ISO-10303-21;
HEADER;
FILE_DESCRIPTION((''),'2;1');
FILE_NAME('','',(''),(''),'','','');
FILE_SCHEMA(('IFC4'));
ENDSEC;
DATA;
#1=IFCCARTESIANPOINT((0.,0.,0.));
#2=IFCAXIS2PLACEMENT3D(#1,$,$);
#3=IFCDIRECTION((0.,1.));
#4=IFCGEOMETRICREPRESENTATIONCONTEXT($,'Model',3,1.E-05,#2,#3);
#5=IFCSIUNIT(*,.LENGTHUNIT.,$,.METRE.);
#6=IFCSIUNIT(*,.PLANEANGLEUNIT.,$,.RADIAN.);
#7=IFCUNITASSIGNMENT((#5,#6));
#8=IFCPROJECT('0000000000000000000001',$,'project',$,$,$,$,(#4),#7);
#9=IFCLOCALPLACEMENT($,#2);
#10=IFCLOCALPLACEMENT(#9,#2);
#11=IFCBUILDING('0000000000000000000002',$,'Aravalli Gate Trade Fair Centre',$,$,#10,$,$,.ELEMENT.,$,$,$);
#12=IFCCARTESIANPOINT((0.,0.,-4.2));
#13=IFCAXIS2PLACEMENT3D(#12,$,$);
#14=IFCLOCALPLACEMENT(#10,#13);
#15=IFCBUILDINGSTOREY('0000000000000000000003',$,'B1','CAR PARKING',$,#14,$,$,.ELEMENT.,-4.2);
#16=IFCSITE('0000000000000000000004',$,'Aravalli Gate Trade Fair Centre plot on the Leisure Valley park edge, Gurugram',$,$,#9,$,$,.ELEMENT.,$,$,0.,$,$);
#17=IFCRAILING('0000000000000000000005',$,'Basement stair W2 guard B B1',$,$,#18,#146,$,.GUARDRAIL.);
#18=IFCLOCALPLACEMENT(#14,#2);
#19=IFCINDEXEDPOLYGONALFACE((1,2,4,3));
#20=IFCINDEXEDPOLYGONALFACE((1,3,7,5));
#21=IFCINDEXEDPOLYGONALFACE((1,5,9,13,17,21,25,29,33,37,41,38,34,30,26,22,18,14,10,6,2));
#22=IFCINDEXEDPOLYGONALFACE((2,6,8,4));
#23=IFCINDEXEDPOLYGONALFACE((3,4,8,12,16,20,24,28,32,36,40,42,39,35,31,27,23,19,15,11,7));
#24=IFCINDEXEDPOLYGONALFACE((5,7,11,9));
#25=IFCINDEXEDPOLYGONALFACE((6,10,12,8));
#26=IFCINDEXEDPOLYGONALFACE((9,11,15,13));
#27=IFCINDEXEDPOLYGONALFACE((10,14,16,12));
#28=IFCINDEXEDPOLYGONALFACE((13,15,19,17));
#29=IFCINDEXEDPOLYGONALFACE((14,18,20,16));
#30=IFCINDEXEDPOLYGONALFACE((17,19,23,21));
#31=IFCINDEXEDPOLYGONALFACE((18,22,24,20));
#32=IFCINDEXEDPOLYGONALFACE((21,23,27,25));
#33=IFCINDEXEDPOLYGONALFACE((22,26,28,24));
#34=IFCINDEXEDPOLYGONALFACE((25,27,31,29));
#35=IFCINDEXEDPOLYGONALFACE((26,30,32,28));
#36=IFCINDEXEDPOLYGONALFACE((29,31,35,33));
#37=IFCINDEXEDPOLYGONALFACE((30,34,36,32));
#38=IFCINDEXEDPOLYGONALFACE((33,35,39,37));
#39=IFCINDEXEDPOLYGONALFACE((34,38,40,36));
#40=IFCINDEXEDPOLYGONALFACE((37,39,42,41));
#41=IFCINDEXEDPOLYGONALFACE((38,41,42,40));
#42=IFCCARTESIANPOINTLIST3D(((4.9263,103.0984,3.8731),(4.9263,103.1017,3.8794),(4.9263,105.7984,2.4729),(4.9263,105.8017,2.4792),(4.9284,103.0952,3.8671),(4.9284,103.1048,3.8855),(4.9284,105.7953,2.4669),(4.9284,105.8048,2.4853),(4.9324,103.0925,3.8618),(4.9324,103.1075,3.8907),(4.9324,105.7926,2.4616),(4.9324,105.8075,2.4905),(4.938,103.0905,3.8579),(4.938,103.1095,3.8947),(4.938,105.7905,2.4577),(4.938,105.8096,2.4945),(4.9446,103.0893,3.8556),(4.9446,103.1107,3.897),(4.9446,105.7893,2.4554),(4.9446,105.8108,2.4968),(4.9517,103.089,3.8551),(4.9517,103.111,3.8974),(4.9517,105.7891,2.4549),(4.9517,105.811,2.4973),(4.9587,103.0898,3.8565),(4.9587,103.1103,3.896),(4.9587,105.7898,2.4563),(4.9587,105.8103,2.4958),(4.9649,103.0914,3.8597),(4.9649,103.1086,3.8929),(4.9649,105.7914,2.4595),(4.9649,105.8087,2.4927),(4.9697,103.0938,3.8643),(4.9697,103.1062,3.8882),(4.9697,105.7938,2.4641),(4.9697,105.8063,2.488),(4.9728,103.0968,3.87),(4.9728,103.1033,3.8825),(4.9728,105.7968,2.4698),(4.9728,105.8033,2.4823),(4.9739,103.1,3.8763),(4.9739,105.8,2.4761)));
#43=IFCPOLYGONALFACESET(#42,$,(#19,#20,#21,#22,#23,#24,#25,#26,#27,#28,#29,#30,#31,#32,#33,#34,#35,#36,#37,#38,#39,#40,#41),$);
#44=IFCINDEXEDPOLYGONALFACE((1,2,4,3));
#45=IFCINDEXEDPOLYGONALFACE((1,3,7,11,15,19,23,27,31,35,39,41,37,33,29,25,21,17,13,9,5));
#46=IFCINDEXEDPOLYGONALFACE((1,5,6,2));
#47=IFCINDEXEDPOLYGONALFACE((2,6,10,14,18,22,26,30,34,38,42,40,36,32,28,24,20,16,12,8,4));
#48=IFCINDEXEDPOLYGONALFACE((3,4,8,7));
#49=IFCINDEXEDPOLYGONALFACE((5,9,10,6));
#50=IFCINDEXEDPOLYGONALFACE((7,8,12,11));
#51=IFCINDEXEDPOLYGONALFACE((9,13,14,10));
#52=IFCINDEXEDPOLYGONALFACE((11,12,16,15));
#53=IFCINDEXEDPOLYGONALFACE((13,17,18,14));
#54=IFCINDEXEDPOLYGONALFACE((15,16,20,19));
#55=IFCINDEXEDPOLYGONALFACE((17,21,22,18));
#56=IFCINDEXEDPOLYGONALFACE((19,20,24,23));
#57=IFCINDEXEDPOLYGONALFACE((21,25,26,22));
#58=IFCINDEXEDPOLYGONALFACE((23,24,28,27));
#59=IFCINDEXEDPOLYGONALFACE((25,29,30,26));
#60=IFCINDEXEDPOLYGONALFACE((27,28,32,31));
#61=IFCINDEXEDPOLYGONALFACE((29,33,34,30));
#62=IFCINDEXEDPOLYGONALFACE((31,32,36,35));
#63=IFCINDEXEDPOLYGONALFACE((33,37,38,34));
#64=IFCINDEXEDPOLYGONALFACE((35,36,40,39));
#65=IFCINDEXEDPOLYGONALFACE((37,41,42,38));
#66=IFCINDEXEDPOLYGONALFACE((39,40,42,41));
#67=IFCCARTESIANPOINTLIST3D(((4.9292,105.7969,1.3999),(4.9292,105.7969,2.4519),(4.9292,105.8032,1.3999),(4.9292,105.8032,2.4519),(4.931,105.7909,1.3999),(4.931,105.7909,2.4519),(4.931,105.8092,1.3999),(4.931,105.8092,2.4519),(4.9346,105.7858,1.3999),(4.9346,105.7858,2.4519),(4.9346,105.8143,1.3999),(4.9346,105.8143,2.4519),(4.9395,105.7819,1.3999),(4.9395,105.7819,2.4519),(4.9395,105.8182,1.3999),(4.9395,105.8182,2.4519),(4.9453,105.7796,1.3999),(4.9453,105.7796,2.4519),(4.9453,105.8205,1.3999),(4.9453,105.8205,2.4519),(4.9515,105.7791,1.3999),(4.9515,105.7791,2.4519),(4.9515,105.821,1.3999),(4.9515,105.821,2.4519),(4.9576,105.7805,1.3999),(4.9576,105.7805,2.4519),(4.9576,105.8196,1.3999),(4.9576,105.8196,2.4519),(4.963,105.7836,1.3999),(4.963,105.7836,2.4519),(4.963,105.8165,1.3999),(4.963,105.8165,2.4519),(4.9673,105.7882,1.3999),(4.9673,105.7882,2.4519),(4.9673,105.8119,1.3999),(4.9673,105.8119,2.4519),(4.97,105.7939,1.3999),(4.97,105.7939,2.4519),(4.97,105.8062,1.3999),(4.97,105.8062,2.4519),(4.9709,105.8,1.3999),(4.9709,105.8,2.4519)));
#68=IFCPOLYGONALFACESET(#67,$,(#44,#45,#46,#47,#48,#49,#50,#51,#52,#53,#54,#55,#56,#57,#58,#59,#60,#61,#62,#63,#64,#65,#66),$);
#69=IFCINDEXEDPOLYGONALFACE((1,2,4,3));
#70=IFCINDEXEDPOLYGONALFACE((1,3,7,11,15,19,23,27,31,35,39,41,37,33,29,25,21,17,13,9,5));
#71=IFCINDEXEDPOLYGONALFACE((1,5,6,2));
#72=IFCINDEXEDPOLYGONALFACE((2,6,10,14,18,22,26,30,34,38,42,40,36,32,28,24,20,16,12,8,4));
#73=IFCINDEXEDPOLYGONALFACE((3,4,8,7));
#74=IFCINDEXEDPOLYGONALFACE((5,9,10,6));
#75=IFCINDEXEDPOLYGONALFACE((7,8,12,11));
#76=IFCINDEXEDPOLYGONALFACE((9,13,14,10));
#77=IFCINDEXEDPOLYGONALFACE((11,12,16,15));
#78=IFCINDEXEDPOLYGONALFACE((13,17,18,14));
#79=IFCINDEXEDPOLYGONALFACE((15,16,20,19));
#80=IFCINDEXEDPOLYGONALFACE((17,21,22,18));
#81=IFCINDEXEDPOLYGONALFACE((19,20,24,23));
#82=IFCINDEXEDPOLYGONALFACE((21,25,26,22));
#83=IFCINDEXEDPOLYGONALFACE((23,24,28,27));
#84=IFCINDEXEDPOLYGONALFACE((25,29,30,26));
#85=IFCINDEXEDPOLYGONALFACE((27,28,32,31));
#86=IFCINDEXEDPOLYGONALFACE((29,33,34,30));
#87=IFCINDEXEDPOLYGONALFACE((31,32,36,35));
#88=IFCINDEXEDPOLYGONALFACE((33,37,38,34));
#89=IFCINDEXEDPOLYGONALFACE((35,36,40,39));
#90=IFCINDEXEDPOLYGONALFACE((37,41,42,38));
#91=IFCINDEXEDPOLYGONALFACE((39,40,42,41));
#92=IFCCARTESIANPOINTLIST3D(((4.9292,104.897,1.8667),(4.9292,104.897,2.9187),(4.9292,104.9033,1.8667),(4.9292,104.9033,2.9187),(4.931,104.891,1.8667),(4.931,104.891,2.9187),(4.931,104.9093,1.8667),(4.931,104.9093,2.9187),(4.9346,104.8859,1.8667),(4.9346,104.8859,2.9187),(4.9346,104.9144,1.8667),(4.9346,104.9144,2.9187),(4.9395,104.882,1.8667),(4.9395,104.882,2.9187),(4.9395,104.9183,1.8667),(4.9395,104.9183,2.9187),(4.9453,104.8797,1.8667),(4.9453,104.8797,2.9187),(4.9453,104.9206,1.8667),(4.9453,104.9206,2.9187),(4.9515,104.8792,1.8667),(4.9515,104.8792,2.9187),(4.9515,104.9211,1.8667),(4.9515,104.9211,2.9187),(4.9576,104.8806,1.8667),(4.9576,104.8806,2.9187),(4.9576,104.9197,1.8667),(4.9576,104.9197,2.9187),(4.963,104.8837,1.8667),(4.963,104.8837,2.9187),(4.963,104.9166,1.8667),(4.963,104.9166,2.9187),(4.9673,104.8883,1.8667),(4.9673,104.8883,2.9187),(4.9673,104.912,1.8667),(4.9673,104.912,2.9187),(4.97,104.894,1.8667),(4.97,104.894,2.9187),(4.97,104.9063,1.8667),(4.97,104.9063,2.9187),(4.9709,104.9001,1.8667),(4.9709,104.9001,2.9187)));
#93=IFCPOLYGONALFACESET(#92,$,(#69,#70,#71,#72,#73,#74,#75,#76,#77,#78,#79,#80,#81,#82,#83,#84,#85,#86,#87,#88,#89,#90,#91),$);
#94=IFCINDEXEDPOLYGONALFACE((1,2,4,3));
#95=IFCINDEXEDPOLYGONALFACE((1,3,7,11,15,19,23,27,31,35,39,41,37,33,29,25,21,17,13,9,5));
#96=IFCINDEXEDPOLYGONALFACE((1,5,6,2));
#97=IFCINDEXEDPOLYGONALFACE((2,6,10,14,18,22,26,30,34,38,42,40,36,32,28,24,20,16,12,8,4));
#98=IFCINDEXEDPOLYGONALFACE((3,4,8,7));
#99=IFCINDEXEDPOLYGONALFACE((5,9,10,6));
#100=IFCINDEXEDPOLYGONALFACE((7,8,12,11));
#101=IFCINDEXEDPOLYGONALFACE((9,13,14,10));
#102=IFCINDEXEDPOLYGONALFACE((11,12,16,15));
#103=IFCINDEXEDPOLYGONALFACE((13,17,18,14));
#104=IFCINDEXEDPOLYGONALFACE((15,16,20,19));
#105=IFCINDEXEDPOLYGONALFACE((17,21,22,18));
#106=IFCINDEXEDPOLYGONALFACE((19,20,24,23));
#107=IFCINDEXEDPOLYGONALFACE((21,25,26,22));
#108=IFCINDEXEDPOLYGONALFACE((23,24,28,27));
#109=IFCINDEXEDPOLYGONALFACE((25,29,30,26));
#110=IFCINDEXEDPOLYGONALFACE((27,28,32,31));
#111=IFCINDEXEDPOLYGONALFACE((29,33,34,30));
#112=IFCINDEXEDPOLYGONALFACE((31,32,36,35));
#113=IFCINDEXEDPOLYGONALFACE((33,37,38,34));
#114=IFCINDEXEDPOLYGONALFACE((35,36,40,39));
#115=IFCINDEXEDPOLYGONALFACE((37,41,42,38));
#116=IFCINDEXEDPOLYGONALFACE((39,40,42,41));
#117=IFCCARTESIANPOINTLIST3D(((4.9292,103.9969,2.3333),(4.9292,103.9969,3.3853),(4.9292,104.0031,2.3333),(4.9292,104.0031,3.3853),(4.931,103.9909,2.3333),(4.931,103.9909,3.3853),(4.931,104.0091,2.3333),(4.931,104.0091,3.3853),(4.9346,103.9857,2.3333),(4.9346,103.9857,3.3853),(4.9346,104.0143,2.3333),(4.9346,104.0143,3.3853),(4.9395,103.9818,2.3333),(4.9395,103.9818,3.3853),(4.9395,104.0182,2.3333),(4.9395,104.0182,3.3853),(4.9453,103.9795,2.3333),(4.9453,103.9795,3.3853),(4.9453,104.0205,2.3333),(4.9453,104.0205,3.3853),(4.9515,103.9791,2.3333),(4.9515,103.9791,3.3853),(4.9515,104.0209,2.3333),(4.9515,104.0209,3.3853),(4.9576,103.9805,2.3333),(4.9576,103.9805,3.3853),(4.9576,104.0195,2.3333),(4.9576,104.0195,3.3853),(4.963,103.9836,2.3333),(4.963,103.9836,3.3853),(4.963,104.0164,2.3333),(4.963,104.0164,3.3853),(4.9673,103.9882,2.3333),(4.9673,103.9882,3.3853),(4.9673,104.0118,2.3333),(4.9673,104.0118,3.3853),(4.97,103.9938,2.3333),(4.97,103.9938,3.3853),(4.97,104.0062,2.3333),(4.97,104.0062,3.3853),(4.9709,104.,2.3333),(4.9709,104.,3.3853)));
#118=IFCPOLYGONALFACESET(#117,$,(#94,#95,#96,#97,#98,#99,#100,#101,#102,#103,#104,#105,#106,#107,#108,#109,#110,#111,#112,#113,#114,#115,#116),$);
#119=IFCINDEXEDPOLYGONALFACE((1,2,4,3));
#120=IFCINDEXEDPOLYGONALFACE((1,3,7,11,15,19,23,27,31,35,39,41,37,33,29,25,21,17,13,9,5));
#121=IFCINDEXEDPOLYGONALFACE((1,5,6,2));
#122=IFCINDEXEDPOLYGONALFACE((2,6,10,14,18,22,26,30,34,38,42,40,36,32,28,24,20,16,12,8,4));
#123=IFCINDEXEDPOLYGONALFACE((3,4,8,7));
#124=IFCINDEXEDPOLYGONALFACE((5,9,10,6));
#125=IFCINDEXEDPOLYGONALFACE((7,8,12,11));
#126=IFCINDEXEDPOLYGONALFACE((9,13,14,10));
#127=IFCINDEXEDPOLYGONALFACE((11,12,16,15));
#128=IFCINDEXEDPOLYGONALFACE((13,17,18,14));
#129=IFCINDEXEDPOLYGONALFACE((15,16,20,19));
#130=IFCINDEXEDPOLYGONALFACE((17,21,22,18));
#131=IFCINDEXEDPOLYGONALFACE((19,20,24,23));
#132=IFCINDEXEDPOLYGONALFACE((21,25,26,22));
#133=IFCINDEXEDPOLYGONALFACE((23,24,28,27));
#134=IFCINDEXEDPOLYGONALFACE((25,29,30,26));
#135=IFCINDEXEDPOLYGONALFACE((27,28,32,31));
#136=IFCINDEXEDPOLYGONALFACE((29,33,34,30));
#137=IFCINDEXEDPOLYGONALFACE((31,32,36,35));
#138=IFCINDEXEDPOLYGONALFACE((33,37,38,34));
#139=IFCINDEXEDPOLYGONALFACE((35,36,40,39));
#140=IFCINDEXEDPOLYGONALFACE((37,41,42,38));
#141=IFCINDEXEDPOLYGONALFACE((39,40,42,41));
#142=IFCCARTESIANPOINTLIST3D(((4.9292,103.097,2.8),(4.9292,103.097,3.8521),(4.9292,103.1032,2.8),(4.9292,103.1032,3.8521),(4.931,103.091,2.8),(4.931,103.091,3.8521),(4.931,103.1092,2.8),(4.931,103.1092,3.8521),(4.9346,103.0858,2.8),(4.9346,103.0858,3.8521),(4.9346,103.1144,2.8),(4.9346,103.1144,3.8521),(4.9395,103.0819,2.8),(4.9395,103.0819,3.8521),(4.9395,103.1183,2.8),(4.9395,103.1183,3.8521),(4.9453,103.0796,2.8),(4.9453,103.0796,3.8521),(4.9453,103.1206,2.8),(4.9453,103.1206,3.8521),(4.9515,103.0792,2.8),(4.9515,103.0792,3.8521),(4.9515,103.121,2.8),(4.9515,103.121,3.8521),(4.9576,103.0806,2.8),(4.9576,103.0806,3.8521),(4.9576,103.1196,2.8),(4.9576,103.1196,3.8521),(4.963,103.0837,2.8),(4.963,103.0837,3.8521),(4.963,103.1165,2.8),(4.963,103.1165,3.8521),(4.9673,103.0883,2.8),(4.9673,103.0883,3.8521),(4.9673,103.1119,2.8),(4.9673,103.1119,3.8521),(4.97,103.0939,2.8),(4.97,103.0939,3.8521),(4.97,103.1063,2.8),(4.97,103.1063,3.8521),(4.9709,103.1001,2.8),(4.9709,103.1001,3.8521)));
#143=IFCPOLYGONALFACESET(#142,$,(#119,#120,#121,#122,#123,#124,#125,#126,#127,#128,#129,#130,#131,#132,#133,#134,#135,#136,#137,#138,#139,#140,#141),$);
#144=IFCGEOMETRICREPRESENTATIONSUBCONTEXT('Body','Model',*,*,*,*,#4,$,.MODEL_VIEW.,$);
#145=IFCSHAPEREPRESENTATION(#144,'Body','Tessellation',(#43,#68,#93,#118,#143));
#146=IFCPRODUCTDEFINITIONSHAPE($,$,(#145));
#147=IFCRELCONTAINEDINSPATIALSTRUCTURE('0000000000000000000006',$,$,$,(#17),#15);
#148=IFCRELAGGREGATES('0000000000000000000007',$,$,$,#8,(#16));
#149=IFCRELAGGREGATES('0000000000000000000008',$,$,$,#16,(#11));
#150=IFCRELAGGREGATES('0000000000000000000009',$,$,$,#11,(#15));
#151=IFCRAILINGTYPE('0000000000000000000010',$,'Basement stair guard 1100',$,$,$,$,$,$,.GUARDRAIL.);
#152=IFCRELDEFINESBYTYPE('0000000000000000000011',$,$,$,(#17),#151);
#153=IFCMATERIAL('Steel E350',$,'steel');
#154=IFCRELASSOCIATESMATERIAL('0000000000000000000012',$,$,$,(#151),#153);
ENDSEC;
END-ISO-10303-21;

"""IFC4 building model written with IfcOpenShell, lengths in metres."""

from ifc_helpers import new_model, si_unit, direction, frame, origin, origin_2d, place, context, subcontext, project, spatial, circle, extrude, material, type_object, element, save


model = new_model("IFC4")

# Units and contexts
model_context = context("Model", 3, precision=1e-05, world=origin(), true_north=direction((0.0, 1.0)))
body_context = subcontext(model_context, "Body", "Model", "MODEL_VIEW")
ifc_project = project(units=[si_unit("LENGTHUNIT", "METRE"), si_unit("PLANEANGLEUNIT", "RADIAN")], contexts=[model_context])

# Site, building, storey
site_placement = place(None, origin())
site = spatial("IfcSite", under=ifc_project, at=site_placement, Name="Aravalli Gate Trade Fair Centre plot on the Leisure Valley park edge, Gurugram", CompositionType="ELEMENT", RefElevation=0.0)
building_placement = place(site_placement, origin())
building = spatial("IfcBuilding", under=site, at=building_placement, Name="Aravalli Gate Trade Fair Centre", CompositionType="ELEMENT")
storey_placement = place(building_placement, frame((0.0, 0.0, -4.2)))
storey = spatial("IfcBuildingStorey", under=building, at=storey_placement, Name="B1", Description="CAR PARKING", CompositionType="ELEMENT", Elevation=-4.2)

# Railing
ifc_material_1 = material(Name="Steel E350", Category="steel")
railing_type = type_object("IfcRailingType", Name="Basement stair guard 1100", PredefinedType="GUARDRAIL", material=ifc_material_1)
railing_1_placement = place(storey_placement, frame((4.95, 105.8, 1.3999)))
element("IfcRailing", 1, at=railing_1_placement, inside=storey, type_object=railing_type, Name="Basement stair W2 guard B B1", PredefinedType="GUARDRAIL", context=body_context, shape_type="SweptSolid", body=[
    extrude(circle(Radius=0.0239, at=origin_2d()), frame((0.0, 0.0, 1.0762), z_axis=(0.0, -0.887731, 0.460362), x_axis=(1.0, 0.0, 0.0)), (0.0, 0.0, 1.0), 3.0415),
    extrude(circle(Radius=0.021, at=origin_2d()), origin(), (0.0, 0.0, 1.0), 1.052),
    extrude(circle(Radius=0.021, at=origin_2d()), frame((0.0, -0.8999, 0.4668)), (0.0, 0.0, 1.0), 1.052),
    extrude(circle(Radius=0.021, at=origin_2d()), frame((0.0, -1.8, 0.9333)), (0.0, 0.0, 1.0), 1.052),
    extrude(circle(Radius=0.021, at=origin_2d()), frame((0.0, -2.7, 1.4001)), (0.0, 0.0, 1.0), 1.052),
])

save(model, "model.ifc")
